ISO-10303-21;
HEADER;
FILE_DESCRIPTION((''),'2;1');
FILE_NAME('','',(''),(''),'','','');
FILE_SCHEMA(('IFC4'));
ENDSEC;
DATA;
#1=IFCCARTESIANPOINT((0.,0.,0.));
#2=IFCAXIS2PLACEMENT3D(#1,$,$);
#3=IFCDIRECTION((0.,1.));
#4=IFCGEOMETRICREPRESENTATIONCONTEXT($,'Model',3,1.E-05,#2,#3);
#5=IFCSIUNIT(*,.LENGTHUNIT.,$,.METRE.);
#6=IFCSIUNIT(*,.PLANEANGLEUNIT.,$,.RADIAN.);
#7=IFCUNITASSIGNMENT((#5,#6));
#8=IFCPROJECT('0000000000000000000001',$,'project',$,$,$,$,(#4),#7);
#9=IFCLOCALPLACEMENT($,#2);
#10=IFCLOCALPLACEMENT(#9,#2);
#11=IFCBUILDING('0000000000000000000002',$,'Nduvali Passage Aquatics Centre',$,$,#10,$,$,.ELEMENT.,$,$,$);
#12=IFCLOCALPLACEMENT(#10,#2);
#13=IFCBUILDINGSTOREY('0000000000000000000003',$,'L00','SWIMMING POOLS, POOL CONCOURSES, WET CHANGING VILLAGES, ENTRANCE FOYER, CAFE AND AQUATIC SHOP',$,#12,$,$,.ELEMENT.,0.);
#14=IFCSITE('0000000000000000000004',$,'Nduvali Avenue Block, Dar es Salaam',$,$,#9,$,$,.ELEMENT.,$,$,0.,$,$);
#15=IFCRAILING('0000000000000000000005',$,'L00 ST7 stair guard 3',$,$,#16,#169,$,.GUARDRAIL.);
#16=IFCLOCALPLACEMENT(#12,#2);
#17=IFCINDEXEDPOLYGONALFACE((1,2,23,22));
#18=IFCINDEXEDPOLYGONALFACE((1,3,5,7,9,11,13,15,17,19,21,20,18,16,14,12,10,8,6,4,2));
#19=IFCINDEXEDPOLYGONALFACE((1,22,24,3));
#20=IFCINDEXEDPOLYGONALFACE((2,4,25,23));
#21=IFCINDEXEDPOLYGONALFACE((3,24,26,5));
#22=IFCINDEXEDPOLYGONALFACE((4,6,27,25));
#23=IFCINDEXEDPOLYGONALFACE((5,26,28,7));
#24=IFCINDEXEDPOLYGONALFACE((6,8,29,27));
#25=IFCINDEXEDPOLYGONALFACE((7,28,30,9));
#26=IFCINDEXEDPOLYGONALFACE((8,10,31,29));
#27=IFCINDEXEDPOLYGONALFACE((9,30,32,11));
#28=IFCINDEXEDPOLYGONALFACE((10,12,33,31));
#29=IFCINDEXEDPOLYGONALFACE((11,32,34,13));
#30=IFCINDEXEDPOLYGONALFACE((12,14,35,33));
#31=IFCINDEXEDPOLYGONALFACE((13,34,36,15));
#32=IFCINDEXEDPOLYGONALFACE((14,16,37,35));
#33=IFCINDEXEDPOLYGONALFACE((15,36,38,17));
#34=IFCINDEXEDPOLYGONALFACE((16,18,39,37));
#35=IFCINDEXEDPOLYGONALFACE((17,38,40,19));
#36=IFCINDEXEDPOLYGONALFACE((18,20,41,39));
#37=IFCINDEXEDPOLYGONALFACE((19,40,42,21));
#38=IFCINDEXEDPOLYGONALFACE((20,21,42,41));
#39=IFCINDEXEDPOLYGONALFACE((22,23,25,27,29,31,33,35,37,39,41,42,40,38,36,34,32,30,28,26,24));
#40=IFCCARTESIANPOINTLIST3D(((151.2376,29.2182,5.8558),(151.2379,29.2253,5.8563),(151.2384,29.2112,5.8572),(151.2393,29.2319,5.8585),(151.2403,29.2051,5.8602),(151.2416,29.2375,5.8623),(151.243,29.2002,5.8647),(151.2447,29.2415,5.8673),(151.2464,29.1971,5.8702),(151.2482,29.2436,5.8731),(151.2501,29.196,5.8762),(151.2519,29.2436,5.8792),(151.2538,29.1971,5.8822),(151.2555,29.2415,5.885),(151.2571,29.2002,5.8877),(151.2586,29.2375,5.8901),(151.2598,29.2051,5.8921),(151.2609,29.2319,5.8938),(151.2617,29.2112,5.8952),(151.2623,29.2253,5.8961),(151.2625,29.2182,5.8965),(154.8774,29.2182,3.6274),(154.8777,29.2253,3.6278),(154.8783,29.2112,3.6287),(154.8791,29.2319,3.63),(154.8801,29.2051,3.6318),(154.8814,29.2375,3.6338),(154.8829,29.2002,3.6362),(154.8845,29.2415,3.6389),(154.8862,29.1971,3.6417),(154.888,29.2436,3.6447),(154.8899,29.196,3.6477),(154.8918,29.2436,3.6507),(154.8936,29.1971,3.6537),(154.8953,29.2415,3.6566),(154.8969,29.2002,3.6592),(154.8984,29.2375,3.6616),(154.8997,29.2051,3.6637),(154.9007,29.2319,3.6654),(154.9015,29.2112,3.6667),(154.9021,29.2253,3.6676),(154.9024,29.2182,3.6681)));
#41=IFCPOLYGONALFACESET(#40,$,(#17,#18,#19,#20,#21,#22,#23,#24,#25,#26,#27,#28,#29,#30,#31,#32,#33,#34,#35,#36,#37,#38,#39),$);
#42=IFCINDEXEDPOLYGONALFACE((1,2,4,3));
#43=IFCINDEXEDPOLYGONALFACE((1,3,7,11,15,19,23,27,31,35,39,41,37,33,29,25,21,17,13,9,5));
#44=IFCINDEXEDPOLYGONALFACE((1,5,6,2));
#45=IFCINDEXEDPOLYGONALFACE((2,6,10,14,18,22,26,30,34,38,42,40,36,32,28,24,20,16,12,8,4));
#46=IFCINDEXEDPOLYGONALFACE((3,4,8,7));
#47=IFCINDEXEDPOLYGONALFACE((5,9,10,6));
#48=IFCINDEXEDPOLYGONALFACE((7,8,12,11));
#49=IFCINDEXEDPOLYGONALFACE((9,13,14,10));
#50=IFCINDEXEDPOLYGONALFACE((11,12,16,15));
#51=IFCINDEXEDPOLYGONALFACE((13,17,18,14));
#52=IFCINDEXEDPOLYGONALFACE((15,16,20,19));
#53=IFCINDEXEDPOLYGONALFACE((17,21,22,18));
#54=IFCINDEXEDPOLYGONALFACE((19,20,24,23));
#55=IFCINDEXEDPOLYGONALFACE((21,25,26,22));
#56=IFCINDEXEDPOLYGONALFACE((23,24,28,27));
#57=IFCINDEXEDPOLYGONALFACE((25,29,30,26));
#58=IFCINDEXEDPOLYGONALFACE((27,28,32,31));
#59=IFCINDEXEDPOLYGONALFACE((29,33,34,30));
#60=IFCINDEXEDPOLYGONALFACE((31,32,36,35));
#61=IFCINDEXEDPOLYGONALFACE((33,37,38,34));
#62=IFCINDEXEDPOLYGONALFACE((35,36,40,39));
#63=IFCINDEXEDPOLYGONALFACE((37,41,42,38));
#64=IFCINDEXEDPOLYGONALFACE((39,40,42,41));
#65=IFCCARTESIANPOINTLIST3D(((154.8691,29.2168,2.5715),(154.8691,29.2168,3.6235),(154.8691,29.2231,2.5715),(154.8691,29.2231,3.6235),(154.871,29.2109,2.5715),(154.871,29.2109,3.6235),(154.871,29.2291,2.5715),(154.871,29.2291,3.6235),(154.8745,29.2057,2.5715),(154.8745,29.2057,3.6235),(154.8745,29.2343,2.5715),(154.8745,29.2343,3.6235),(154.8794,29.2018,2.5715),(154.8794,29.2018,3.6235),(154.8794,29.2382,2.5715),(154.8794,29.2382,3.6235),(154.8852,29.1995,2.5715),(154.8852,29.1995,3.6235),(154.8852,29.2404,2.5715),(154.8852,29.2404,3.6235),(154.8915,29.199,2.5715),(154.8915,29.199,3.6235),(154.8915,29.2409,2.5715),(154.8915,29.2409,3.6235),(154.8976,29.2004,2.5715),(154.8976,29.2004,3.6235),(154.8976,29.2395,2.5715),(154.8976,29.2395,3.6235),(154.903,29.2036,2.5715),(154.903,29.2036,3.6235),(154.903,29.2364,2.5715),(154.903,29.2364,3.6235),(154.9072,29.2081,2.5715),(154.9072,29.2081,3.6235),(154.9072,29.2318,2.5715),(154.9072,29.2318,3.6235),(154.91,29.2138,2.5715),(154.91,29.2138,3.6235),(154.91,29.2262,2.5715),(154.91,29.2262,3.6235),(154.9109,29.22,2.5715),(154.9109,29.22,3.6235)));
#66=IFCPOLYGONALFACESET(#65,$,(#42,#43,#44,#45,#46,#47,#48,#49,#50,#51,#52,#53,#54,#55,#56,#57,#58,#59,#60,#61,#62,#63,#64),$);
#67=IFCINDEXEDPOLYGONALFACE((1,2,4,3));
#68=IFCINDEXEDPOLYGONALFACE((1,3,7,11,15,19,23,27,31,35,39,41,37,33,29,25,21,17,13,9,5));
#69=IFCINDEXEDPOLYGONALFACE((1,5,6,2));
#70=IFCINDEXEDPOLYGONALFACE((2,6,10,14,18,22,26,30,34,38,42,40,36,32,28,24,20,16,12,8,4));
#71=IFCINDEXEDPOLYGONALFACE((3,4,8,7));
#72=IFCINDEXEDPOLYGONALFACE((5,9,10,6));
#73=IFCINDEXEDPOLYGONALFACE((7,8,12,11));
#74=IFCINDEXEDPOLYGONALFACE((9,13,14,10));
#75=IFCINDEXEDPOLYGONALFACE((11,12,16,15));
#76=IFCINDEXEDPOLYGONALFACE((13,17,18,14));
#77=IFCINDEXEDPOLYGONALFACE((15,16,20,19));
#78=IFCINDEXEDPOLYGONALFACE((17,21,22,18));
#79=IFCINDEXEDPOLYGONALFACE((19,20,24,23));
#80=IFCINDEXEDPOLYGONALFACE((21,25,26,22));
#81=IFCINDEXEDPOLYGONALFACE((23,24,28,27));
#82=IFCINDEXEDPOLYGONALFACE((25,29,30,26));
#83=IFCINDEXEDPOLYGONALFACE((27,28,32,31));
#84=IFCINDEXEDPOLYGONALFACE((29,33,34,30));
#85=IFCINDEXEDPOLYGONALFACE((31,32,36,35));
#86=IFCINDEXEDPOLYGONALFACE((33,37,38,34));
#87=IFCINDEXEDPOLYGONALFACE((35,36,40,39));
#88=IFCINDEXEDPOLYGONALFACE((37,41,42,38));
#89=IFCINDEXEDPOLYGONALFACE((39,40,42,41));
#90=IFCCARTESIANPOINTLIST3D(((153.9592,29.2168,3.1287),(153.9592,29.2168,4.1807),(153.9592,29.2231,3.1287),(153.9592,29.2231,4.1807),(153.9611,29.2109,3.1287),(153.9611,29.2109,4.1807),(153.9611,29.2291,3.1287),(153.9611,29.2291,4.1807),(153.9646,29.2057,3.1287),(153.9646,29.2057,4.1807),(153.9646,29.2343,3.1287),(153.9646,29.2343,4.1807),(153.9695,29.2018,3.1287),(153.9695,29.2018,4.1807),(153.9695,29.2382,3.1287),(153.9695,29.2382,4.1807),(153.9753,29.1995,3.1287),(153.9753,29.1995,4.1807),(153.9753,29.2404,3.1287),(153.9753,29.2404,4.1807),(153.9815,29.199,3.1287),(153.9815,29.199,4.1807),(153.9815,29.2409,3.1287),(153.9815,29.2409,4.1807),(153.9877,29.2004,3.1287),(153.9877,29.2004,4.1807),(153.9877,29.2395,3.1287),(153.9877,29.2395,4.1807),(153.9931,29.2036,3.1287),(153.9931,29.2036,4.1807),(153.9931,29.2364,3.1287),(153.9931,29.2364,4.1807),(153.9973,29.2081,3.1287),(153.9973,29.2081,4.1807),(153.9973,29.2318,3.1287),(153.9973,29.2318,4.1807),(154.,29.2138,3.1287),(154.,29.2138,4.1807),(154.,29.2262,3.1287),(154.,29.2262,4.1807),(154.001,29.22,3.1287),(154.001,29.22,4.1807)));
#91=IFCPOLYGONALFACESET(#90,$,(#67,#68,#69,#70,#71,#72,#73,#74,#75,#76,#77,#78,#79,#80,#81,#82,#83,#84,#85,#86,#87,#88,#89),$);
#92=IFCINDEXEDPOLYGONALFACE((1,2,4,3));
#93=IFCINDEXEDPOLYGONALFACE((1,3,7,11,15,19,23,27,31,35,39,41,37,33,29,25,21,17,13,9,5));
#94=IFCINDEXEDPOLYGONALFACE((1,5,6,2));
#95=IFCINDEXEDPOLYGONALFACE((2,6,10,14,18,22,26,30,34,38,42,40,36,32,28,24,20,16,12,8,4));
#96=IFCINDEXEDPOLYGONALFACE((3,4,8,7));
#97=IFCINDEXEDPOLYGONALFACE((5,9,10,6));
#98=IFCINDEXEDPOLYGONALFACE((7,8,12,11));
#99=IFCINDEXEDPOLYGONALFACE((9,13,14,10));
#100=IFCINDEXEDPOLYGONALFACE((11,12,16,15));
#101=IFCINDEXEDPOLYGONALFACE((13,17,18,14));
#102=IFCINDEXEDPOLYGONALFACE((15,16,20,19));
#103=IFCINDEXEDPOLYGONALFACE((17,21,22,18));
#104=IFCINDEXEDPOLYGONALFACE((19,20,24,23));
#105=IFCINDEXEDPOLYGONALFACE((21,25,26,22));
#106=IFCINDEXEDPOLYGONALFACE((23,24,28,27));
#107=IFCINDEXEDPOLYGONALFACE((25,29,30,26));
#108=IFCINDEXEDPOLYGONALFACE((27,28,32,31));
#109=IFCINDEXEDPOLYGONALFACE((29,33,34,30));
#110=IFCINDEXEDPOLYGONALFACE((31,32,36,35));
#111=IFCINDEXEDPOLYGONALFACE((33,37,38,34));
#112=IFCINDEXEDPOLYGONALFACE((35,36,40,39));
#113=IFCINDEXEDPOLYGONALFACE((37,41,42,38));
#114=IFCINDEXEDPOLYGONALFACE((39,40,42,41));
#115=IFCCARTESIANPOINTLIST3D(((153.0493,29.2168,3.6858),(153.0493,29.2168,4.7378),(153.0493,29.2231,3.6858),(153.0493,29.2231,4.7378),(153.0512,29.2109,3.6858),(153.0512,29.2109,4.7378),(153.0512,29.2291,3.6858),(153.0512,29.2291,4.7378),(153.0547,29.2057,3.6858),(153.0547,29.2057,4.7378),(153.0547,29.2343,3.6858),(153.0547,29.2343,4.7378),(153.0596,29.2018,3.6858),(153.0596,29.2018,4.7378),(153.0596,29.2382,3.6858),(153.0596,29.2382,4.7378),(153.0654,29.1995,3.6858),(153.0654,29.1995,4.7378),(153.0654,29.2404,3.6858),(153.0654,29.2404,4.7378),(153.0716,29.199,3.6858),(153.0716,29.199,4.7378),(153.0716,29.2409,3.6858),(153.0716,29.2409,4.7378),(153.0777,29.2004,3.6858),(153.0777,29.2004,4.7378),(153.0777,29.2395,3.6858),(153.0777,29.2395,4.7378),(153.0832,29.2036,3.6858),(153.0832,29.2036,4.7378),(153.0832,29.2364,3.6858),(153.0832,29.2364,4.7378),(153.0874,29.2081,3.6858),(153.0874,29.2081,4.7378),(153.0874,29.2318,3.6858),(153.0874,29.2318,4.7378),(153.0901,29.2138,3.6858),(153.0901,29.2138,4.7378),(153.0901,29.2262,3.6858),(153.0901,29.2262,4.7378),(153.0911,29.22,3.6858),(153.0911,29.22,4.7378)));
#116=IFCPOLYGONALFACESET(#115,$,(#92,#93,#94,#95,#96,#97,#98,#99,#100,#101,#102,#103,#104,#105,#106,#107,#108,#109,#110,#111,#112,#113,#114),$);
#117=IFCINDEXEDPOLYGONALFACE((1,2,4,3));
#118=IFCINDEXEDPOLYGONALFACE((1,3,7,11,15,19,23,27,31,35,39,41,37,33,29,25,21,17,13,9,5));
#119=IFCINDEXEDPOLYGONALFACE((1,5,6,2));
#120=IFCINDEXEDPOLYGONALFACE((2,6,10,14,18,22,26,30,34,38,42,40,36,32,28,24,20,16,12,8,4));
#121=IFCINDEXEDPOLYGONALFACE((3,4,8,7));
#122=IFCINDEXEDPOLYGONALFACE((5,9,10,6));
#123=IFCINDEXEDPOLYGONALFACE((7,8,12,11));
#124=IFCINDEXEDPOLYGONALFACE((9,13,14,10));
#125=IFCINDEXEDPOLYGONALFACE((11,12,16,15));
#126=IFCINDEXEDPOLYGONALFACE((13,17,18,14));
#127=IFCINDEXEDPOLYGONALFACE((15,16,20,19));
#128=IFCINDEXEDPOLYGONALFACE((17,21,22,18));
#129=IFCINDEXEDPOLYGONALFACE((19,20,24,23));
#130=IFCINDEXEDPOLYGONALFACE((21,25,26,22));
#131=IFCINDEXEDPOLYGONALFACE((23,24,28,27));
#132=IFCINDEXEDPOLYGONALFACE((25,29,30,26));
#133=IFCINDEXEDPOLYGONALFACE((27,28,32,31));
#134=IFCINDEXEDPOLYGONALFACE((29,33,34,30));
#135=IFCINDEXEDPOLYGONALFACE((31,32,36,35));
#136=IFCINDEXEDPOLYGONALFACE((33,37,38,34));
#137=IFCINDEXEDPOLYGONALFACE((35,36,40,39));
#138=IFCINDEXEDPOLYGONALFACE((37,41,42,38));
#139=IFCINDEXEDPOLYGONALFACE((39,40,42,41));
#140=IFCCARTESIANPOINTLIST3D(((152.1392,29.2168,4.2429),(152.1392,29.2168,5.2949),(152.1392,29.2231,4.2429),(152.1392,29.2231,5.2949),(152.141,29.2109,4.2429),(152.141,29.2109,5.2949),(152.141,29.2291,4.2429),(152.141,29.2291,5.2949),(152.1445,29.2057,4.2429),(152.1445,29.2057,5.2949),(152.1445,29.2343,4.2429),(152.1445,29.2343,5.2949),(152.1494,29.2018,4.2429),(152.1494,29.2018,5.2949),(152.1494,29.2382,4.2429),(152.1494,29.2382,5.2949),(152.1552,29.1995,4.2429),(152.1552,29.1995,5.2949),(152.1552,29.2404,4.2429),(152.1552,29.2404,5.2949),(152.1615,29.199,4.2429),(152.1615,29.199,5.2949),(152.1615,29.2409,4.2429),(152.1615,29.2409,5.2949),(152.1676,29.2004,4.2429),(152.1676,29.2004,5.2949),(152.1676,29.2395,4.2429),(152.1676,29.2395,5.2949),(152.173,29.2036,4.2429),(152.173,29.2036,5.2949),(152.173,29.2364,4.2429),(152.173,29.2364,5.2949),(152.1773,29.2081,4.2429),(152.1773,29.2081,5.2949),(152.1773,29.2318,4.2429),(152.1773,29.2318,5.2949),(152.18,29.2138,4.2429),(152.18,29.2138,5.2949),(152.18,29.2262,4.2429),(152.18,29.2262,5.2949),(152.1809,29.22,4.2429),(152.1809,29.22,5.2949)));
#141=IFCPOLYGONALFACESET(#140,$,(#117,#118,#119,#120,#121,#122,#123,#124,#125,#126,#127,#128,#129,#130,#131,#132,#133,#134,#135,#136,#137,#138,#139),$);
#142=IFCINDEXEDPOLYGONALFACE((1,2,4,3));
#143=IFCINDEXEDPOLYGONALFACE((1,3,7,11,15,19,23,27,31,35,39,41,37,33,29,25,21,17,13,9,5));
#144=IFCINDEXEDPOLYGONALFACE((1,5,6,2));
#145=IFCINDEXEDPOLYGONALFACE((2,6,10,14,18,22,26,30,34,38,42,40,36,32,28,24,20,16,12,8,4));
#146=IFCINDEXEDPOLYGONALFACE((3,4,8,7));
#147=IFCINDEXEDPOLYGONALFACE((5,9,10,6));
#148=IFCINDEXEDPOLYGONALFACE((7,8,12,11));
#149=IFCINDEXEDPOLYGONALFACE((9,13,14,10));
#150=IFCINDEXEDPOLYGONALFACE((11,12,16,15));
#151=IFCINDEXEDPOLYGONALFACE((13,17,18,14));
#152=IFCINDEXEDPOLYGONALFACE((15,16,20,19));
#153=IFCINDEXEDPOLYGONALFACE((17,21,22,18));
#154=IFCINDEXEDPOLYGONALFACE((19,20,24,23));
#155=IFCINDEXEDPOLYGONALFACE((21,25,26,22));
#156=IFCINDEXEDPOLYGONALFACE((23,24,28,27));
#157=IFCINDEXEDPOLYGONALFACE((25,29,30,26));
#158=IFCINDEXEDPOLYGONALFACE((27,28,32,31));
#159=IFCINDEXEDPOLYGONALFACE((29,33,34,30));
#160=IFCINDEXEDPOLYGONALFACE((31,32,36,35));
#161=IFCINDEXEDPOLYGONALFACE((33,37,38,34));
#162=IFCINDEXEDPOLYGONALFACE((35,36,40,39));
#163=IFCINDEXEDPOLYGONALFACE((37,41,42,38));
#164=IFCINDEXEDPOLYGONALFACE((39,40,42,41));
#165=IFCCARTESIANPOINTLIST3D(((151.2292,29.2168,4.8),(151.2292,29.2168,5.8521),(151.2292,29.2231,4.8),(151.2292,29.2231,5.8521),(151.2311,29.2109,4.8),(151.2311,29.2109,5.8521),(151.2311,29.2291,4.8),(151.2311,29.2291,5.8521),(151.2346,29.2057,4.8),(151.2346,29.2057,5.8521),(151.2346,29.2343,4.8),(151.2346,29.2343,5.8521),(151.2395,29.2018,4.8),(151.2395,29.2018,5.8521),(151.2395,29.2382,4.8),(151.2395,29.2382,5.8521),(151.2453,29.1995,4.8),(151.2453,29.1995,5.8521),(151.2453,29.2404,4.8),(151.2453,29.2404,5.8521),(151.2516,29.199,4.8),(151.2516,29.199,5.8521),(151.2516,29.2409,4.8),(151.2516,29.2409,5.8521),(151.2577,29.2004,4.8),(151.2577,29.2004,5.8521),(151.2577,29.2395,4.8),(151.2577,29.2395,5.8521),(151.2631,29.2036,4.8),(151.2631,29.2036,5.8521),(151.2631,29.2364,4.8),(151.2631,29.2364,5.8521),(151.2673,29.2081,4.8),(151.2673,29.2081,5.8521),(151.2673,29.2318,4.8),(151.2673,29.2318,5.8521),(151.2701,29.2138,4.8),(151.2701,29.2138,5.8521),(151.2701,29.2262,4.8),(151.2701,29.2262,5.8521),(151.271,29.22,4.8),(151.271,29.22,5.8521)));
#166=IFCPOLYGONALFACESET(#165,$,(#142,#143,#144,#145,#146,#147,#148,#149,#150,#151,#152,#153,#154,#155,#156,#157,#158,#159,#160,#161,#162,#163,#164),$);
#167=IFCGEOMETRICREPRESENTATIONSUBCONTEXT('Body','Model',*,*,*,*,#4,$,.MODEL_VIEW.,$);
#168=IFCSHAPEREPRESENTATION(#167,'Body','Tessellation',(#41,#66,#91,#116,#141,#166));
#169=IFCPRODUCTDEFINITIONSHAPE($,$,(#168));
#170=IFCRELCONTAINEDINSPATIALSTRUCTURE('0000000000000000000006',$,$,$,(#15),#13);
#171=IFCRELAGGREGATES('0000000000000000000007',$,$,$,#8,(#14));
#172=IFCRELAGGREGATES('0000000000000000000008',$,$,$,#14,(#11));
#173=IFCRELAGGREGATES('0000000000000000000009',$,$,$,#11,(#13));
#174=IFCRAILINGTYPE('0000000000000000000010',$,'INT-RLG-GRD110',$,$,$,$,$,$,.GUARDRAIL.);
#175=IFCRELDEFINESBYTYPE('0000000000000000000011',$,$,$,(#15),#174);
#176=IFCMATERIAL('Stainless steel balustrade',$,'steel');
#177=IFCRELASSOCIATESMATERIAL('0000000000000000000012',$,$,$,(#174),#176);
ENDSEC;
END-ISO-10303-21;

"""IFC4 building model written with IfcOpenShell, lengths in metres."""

from ifc_helpers import new_model, si_unit, direction, frame, origin, origin_2d, place, context, subcontext, project, spatial, circle, extrude, material, type_object, element, save


model = new_model("IFC4")

# Units and contexts
model_context = context("Model", 3, precision=1e-05, world=origin(), true_north=direction((0.0, 1.0)))
body_context = subcontext(model_context, "Body", "Model", "MODEL_VIEW")
ifc_project = project(units=[si_unit("LENGTHUNIT", "METRE"), si_unit("PLANEANGLEUNIT", "RADIAN")], contexts=[model_context])

# Site, building, storey
site_placement = place(None, origin())
site = spatial("IfcSite", under=ifc_project, at=site_placement, Name="Nduvali Avenue Block, Dar es Salaam", CompositionType="ELEMENT", RefElevation=0.0)
building_placement = place(site_placement, origin())
building = spatial("IfcBuilding", under=site, at=building_placement, Name="Nduvali Passage Aquatics Centre", CompositionType="ELEMENT")
storey_placement = place(building_placement, origin())
storey = spatial("IfcBuildingStorey", under=building, at=storey_placement, Name="L00", Description="SWIMMING POOLS, POOL CONCOURSES, WET CHANGING VILLAGES, ENTRANCE FOYER, CAFE AND AQUATIC SHOP", CompositionType="ELEMENT", Elevation=0.0)

# Railing
ifc_material_1 = material(Name="Stainless steel balustrade", Category="steel")
railing_type_1 = type_object("IfcRailingType", Name="INT-RLG-GRD110", PredefinedType="GUARDRAIL", material=ifc_material_1)
railing_1_placement = place(storey_placement, frame((154.8899, 29.22, 2.5715)))
element("IfcRailing", 1, at=railing_1_placement, inside=storey, type_object=railing_type_1, Name="L00 ST7 stair guard 3", PredefinedType="GUARDRAIL", context=body_context, shape_type="SweptSolid", body=[
    extrude(circle(Radius=0.0239, at=origin_2d()), frame((0.0, 0.0, 1.0762), z_axis=(-0.85285, 0.0, 0.522156), x_axis=(0.0, -1.0, 0.0)), (0.0, 0.0, 1.0), 4.2678),
    extrude(circle(Radius=0.021, at=origin_2d()), origin(), (0.0, 0.0, 1.0), 1.052),
    extrude(circle(Radius=0.021, at=origin_2d()), frame((-0.9099, 0.0, 0.5571)), (0.0, 0.0, 1.0), 1.052),
    extrude(circle(Radius=0.021, at=origin_2d()), frame((-1.8198, 0.0, 1.1143)), (0.0, 0.0, 1.0), 1.052),
    extrude(circle(Radius=0.021, at=origin_2d()), frame((-2.73, 0.0, 1.6714)), (0.0, 0.0, 1.0), 1.052),
    extrude(circle(Radius=0.021, at=origin_2d()), frame((-3.6399, 0.0, 2.2285)), (0.0, 0.0, 1.0), 1.052),
])

save(model, "model.ifc")
